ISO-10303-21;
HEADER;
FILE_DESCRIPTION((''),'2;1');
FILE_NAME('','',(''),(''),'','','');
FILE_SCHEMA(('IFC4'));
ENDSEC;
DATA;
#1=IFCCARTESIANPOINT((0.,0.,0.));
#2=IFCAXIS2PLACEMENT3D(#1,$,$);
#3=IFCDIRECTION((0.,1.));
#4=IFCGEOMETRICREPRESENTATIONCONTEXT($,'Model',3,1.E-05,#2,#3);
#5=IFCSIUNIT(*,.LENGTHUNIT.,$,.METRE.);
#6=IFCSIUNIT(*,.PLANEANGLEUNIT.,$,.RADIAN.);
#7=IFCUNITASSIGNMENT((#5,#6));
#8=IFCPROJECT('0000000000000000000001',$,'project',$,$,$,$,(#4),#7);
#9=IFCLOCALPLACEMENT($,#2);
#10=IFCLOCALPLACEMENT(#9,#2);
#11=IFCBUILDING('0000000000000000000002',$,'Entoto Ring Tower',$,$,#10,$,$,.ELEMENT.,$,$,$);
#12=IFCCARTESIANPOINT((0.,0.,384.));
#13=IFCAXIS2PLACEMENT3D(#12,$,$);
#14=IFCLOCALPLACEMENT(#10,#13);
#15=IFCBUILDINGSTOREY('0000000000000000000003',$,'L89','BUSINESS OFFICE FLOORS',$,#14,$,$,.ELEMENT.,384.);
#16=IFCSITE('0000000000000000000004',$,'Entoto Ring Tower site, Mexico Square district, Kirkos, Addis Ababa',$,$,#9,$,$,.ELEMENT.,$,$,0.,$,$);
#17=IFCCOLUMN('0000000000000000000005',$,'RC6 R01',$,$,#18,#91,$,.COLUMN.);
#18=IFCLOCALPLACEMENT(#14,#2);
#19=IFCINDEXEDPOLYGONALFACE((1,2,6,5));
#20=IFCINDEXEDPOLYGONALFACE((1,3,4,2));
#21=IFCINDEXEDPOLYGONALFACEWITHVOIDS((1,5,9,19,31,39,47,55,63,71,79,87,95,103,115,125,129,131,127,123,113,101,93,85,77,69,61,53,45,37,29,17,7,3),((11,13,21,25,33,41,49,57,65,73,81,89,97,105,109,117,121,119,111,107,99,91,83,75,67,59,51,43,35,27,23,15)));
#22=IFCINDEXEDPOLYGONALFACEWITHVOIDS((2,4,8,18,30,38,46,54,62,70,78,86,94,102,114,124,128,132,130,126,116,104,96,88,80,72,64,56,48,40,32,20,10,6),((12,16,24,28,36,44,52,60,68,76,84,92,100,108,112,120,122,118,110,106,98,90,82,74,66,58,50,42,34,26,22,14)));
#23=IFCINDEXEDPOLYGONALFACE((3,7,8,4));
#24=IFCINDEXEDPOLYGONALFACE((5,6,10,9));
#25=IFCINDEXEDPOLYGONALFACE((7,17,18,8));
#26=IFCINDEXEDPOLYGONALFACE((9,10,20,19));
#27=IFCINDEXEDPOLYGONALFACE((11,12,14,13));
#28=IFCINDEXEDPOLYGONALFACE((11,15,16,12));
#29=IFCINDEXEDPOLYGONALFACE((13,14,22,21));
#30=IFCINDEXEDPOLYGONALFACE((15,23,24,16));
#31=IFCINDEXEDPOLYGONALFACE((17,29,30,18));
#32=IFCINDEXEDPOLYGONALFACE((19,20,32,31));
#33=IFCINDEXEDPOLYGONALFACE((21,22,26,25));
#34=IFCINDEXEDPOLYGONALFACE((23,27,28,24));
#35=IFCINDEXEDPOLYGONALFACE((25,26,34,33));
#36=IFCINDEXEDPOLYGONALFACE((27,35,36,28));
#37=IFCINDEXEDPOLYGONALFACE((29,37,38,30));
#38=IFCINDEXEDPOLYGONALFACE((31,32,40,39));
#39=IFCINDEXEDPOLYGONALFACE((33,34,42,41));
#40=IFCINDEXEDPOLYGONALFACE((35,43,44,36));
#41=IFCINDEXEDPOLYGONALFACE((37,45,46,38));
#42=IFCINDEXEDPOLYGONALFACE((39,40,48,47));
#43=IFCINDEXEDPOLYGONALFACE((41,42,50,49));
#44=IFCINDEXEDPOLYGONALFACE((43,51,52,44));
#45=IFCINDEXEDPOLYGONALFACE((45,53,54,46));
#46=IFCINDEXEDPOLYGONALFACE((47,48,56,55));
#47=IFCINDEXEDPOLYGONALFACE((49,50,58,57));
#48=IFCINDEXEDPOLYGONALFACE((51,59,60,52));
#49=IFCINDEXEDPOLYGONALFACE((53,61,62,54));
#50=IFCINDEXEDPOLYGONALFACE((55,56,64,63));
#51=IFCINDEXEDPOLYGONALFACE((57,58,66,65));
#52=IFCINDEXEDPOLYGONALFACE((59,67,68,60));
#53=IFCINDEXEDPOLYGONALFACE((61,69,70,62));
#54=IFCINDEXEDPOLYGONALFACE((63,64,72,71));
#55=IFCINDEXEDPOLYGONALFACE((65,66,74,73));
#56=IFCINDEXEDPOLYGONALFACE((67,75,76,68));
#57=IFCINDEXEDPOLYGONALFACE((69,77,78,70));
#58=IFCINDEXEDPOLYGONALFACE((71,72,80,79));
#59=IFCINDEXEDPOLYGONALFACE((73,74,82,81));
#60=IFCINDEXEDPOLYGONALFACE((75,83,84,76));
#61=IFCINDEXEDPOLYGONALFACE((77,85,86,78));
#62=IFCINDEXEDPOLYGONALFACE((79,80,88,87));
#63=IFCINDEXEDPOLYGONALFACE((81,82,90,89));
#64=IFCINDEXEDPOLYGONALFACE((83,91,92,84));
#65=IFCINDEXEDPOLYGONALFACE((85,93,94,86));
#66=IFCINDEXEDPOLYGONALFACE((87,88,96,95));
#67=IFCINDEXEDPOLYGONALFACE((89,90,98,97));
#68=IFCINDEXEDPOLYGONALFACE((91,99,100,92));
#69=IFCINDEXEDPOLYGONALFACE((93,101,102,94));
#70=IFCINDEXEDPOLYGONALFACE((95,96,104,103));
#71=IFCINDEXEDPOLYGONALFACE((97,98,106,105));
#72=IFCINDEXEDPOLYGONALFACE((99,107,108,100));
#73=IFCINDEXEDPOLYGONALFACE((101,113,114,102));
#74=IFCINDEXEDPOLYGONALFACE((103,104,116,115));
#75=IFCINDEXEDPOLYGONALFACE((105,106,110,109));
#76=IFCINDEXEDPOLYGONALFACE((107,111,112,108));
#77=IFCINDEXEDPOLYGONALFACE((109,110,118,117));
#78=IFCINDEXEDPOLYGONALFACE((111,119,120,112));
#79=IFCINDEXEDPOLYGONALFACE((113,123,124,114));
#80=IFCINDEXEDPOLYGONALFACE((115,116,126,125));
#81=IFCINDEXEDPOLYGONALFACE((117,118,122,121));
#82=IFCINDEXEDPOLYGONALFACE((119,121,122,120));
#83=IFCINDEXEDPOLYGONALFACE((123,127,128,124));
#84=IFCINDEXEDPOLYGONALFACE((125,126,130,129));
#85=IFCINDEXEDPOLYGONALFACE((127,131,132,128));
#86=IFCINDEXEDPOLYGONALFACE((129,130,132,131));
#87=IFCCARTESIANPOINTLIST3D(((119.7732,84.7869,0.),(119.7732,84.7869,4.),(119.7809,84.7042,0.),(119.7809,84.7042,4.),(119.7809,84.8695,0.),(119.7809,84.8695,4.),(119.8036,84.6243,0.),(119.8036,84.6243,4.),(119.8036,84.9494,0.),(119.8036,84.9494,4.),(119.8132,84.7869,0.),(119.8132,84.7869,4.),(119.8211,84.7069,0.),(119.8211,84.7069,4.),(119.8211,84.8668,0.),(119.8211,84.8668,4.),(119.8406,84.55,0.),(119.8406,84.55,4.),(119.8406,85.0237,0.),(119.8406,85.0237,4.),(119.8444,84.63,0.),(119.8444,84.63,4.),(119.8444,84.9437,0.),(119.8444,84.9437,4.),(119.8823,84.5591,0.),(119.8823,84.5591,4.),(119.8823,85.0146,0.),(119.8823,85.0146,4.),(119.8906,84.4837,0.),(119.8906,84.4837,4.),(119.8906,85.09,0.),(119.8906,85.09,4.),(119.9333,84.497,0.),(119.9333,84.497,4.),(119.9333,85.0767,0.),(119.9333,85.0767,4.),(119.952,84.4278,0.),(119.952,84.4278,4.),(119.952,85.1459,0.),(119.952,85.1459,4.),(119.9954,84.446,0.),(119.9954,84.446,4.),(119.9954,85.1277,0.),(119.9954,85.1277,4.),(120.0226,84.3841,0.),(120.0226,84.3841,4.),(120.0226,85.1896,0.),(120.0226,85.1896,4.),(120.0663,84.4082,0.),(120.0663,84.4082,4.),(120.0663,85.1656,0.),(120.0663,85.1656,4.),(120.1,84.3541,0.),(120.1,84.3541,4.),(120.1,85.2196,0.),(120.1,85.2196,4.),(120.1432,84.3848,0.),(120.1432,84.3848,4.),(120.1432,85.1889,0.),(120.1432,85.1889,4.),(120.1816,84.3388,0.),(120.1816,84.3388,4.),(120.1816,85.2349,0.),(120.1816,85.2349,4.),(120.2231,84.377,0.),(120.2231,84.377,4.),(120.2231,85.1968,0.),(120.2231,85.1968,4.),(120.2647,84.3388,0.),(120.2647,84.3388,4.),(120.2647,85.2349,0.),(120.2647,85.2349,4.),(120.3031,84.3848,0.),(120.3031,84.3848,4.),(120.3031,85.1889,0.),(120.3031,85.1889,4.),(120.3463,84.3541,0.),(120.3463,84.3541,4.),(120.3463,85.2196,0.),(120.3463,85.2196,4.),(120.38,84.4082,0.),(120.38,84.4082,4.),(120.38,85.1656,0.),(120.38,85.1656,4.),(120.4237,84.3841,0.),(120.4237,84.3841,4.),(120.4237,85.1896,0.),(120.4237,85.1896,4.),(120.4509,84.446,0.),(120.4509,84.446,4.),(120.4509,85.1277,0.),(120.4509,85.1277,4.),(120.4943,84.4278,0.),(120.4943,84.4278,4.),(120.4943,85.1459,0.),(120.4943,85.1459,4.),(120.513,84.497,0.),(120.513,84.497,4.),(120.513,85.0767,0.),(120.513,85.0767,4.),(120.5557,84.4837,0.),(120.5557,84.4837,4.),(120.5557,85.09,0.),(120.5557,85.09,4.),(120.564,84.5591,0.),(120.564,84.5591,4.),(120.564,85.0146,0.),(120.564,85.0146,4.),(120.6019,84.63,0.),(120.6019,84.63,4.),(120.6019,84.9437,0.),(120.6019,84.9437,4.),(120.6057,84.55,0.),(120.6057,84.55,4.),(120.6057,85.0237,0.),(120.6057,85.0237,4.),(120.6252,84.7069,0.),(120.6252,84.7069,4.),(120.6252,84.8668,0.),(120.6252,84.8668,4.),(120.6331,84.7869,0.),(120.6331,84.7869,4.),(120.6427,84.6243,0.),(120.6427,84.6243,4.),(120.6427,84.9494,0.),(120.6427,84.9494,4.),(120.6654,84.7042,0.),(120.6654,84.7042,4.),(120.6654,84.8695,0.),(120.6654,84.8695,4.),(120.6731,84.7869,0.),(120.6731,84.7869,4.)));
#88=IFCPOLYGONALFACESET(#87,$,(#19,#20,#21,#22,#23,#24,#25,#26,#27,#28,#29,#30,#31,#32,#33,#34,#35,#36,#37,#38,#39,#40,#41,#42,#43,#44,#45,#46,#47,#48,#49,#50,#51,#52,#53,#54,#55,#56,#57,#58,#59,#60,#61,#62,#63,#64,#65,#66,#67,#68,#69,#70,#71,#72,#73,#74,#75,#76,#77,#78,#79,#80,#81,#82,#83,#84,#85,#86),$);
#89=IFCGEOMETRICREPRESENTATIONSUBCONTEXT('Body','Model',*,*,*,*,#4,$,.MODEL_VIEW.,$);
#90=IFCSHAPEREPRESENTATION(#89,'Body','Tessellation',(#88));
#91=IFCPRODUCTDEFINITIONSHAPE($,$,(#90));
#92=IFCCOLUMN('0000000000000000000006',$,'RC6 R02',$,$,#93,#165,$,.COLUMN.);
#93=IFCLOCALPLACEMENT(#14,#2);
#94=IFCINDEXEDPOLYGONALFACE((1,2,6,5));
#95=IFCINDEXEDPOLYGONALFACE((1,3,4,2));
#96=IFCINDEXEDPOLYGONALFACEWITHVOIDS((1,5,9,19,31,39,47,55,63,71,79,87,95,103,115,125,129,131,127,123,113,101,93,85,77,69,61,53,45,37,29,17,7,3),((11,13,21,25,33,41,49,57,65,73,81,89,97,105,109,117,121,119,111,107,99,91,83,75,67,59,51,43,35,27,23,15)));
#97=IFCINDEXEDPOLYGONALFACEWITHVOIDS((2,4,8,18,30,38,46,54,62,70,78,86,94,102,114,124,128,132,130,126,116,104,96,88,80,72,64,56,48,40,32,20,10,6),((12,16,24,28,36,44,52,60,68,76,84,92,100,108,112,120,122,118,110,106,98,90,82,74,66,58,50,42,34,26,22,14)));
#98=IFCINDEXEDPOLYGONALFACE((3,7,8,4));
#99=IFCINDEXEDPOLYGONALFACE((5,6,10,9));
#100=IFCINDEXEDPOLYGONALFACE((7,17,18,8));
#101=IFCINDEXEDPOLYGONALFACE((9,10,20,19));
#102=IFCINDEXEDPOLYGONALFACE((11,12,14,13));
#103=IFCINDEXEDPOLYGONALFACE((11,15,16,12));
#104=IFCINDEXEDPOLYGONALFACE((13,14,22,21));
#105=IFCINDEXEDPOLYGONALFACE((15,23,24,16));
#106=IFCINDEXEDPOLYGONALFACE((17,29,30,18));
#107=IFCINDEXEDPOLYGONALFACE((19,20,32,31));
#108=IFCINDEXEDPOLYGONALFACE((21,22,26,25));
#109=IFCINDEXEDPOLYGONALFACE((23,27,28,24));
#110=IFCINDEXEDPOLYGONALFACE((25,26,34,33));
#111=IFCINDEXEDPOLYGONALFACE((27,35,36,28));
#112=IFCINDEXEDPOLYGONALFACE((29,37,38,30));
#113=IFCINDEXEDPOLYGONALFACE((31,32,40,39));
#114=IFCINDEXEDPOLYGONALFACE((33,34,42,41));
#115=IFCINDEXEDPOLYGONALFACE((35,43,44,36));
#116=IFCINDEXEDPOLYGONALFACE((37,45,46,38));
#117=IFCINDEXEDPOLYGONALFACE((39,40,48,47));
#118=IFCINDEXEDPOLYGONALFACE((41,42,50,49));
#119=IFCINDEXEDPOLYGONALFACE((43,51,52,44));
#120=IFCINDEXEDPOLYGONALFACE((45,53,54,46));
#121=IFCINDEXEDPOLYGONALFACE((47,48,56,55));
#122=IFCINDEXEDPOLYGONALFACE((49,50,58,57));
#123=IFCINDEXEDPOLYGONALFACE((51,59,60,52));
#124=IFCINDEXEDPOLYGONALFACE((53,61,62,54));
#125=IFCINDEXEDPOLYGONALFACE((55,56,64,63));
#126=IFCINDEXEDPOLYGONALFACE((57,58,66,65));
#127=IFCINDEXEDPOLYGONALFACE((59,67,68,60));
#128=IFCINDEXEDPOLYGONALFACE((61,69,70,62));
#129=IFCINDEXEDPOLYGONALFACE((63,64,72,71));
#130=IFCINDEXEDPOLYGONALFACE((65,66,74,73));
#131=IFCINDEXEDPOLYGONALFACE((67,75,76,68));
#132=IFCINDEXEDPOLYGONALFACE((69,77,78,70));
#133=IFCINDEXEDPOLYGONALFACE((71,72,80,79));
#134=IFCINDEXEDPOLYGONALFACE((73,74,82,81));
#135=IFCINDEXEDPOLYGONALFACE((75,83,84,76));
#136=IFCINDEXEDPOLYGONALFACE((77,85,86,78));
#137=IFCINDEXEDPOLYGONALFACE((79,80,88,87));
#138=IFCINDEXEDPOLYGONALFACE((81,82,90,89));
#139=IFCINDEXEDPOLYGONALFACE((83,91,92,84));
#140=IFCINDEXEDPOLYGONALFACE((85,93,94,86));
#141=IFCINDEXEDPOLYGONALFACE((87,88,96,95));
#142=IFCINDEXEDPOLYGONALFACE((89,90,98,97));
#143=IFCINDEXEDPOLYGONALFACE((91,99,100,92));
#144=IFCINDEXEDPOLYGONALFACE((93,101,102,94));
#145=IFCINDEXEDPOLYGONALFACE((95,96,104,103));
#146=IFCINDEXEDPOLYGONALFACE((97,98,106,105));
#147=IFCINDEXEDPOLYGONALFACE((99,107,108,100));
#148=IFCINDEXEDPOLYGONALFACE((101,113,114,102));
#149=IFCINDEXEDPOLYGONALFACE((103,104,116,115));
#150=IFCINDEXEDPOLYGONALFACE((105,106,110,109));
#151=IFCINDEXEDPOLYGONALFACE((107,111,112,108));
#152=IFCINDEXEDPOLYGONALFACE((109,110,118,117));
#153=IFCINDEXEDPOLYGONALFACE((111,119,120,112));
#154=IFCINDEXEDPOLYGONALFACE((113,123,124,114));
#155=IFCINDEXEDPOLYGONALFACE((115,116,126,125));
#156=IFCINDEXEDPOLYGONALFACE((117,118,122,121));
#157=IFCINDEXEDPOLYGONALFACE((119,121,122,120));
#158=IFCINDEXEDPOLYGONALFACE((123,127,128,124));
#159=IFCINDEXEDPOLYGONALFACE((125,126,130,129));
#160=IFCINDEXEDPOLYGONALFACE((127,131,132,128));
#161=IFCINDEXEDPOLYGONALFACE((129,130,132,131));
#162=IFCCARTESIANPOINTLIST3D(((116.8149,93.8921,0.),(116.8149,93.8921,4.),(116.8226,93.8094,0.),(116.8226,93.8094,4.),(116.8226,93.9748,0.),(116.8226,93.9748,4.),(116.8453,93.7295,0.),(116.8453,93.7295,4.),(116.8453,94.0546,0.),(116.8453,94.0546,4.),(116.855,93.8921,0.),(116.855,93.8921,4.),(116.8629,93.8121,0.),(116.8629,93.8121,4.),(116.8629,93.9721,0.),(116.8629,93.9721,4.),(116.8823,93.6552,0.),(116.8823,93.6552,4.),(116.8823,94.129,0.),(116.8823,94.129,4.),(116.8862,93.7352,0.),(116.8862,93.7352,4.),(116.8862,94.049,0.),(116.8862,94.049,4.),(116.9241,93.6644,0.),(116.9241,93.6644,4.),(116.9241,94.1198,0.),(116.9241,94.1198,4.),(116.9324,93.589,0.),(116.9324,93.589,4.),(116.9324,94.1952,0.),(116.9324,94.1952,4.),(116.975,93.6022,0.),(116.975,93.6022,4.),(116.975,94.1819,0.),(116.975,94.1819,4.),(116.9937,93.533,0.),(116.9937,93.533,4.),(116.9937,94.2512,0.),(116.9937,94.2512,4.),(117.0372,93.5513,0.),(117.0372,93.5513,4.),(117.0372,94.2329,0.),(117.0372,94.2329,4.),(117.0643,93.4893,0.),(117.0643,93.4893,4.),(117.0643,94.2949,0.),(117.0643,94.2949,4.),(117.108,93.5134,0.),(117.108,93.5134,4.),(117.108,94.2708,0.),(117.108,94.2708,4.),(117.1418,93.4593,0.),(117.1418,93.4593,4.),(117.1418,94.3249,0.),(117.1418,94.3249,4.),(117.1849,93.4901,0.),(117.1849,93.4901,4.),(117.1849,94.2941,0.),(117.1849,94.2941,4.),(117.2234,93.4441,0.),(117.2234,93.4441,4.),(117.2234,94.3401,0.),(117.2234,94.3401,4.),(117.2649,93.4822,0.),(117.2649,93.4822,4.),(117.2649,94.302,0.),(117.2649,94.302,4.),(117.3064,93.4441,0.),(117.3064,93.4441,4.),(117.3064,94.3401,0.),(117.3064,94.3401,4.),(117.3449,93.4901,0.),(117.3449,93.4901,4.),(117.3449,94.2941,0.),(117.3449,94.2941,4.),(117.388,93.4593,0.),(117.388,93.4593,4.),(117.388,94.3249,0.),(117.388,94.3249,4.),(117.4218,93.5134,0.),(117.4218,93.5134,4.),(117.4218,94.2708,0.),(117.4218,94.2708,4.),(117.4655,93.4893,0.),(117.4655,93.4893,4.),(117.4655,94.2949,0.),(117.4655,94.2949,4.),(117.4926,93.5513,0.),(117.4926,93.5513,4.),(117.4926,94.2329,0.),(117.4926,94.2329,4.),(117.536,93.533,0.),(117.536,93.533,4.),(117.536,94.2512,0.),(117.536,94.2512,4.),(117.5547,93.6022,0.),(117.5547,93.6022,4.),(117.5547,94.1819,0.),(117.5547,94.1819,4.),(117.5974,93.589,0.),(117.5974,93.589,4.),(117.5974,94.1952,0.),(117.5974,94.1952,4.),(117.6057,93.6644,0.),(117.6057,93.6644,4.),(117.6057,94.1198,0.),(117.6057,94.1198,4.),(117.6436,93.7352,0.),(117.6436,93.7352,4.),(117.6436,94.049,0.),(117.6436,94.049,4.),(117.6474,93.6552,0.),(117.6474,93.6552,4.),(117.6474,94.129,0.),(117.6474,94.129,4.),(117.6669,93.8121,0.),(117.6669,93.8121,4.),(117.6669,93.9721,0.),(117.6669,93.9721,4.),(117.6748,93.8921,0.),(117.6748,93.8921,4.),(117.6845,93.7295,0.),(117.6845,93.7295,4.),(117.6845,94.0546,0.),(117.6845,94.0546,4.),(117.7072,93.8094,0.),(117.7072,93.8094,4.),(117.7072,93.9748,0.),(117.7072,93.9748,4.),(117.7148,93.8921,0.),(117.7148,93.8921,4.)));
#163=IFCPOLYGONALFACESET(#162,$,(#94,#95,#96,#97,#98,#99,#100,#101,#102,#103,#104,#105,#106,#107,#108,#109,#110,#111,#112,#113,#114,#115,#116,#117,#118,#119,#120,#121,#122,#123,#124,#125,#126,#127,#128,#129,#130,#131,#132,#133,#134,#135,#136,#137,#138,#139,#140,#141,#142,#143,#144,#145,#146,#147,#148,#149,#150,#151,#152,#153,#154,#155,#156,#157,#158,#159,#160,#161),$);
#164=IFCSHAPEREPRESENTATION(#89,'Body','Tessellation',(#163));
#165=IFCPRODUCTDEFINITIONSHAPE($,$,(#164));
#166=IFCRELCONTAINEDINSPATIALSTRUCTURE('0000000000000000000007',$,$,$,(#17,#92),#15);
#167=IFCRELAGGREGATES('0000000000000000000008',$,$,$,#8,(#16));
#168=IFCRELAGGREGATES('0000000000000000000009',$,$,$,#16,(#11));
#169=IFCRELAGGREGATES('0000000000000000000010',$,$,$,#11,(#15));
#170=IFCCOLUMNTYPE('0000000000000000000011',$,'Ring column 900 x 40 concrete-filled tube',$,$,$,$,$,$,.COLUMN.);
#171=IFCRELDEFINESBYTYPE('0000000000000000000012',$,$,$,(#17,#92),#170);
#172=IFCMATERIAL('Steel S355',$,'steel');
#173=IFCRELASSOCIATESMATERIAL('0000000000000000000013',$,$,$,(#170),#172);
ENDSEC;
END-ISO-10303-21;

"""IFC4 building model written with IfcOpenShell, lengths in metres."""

from ifc_helpers import new_model, si_unit, direction, frame, origin, origin_2d, place, context, subcontext, project, spatial, circle, hollow_circle, extrude, material, material_profile, profile_set, type_object, element, save


model = new_model("IFC4")

# Units and contexts
model_context = context("Model", 3, precision=1e-05, world=origin(), true_north=direction((0.0, 1.0)))
body_context = subcontext(model_context, "Body", "Model", "MODEL_VIEW")
ifc_project = project(units=[si_unit("LENGTHUNIT", "METRE"), si_unit("PLANEANGLEUNIT", "RADIAN")], contexts=[model_context])

# Site, building, storey
site_placement = place(None, origin())
site = spatial("IfcSite", under=ifc_project, at=site_placement, Name="Entoto Ring Tower site, Mexico Square district, Kirkos, Addis Ababa", CompositionType="ELEMENT", RefElevation=0.0)
building_placement = place(site_placement, origin())
building = spatial("IfcBuilding", under=site, at=building_placement, Name="Entoto Ring Tower", CompositionType="ELEMENT")
storey_placement = place(building_placement, frame((0.0, 0.0, 384.0)))
storey = spatial("IfcBuildingStorey", under=building, at=storey_placement, Name="L89", Description="BUSINESS OFFICE FLOORS", CompositionType="ELEMENT", Elevation=384.0)

# Columns
ifc_material_1 = material(Name="Steel S355", Category="steel")
ifc_material_profile_1 = material_profile(ifc_material_1, hollow_circle(Radius=0.45, WallThickness=0.04, at=origin_2d()), Name="CHS 900 x 40")
ifc_material_2 = material(Name="Concrete C60/75", Category="concrete")
ifc_material_profile_2 = material_profile(ifc_material_2, circle(Radius=0.4099, at=origin_2d()), Name="Concrete C60/75 infill")
ifc_profile_set_1 = profile_set([ifc_material_profile_1, ifc_material_profile_2], Name="Steel S355")
column_type = type_object("IfcColumnType", Name="Ring column 900 x 40 concrete-filled tube", PredefinedType="COLUMN", material=ifc_profile_set_1)
for number, where, z_axis, x_axis, name in (
    (1, (120.2231, 84.7869, 0.0), (0.0, 0.0, 1.0), (1.0, 0.0, 0.0), "RC6 R01"),
    (2, (117.2649, 93.8921, 0.0), (0.0, 0.0, 1.0), (1.0, 0.0, 0.0), "RC6 R02"),
):
    element("IfcColumn", number, at=place(storey_placement, frame(where, z_axis=z_axis, x_axis=x_axis)), inside=storey, type_object=column_type, Name=name, PredefinedType="COLUMN", context=body_context, shape_type="SweptSolid", body=[
        extrude(hollow_circle(Radius=0.45, WallThickness=0.04, at=origin_2d()), origin(), (0.0, 0.0, 1.0), 4.0),
    ])

save(model, "model.ifc")
